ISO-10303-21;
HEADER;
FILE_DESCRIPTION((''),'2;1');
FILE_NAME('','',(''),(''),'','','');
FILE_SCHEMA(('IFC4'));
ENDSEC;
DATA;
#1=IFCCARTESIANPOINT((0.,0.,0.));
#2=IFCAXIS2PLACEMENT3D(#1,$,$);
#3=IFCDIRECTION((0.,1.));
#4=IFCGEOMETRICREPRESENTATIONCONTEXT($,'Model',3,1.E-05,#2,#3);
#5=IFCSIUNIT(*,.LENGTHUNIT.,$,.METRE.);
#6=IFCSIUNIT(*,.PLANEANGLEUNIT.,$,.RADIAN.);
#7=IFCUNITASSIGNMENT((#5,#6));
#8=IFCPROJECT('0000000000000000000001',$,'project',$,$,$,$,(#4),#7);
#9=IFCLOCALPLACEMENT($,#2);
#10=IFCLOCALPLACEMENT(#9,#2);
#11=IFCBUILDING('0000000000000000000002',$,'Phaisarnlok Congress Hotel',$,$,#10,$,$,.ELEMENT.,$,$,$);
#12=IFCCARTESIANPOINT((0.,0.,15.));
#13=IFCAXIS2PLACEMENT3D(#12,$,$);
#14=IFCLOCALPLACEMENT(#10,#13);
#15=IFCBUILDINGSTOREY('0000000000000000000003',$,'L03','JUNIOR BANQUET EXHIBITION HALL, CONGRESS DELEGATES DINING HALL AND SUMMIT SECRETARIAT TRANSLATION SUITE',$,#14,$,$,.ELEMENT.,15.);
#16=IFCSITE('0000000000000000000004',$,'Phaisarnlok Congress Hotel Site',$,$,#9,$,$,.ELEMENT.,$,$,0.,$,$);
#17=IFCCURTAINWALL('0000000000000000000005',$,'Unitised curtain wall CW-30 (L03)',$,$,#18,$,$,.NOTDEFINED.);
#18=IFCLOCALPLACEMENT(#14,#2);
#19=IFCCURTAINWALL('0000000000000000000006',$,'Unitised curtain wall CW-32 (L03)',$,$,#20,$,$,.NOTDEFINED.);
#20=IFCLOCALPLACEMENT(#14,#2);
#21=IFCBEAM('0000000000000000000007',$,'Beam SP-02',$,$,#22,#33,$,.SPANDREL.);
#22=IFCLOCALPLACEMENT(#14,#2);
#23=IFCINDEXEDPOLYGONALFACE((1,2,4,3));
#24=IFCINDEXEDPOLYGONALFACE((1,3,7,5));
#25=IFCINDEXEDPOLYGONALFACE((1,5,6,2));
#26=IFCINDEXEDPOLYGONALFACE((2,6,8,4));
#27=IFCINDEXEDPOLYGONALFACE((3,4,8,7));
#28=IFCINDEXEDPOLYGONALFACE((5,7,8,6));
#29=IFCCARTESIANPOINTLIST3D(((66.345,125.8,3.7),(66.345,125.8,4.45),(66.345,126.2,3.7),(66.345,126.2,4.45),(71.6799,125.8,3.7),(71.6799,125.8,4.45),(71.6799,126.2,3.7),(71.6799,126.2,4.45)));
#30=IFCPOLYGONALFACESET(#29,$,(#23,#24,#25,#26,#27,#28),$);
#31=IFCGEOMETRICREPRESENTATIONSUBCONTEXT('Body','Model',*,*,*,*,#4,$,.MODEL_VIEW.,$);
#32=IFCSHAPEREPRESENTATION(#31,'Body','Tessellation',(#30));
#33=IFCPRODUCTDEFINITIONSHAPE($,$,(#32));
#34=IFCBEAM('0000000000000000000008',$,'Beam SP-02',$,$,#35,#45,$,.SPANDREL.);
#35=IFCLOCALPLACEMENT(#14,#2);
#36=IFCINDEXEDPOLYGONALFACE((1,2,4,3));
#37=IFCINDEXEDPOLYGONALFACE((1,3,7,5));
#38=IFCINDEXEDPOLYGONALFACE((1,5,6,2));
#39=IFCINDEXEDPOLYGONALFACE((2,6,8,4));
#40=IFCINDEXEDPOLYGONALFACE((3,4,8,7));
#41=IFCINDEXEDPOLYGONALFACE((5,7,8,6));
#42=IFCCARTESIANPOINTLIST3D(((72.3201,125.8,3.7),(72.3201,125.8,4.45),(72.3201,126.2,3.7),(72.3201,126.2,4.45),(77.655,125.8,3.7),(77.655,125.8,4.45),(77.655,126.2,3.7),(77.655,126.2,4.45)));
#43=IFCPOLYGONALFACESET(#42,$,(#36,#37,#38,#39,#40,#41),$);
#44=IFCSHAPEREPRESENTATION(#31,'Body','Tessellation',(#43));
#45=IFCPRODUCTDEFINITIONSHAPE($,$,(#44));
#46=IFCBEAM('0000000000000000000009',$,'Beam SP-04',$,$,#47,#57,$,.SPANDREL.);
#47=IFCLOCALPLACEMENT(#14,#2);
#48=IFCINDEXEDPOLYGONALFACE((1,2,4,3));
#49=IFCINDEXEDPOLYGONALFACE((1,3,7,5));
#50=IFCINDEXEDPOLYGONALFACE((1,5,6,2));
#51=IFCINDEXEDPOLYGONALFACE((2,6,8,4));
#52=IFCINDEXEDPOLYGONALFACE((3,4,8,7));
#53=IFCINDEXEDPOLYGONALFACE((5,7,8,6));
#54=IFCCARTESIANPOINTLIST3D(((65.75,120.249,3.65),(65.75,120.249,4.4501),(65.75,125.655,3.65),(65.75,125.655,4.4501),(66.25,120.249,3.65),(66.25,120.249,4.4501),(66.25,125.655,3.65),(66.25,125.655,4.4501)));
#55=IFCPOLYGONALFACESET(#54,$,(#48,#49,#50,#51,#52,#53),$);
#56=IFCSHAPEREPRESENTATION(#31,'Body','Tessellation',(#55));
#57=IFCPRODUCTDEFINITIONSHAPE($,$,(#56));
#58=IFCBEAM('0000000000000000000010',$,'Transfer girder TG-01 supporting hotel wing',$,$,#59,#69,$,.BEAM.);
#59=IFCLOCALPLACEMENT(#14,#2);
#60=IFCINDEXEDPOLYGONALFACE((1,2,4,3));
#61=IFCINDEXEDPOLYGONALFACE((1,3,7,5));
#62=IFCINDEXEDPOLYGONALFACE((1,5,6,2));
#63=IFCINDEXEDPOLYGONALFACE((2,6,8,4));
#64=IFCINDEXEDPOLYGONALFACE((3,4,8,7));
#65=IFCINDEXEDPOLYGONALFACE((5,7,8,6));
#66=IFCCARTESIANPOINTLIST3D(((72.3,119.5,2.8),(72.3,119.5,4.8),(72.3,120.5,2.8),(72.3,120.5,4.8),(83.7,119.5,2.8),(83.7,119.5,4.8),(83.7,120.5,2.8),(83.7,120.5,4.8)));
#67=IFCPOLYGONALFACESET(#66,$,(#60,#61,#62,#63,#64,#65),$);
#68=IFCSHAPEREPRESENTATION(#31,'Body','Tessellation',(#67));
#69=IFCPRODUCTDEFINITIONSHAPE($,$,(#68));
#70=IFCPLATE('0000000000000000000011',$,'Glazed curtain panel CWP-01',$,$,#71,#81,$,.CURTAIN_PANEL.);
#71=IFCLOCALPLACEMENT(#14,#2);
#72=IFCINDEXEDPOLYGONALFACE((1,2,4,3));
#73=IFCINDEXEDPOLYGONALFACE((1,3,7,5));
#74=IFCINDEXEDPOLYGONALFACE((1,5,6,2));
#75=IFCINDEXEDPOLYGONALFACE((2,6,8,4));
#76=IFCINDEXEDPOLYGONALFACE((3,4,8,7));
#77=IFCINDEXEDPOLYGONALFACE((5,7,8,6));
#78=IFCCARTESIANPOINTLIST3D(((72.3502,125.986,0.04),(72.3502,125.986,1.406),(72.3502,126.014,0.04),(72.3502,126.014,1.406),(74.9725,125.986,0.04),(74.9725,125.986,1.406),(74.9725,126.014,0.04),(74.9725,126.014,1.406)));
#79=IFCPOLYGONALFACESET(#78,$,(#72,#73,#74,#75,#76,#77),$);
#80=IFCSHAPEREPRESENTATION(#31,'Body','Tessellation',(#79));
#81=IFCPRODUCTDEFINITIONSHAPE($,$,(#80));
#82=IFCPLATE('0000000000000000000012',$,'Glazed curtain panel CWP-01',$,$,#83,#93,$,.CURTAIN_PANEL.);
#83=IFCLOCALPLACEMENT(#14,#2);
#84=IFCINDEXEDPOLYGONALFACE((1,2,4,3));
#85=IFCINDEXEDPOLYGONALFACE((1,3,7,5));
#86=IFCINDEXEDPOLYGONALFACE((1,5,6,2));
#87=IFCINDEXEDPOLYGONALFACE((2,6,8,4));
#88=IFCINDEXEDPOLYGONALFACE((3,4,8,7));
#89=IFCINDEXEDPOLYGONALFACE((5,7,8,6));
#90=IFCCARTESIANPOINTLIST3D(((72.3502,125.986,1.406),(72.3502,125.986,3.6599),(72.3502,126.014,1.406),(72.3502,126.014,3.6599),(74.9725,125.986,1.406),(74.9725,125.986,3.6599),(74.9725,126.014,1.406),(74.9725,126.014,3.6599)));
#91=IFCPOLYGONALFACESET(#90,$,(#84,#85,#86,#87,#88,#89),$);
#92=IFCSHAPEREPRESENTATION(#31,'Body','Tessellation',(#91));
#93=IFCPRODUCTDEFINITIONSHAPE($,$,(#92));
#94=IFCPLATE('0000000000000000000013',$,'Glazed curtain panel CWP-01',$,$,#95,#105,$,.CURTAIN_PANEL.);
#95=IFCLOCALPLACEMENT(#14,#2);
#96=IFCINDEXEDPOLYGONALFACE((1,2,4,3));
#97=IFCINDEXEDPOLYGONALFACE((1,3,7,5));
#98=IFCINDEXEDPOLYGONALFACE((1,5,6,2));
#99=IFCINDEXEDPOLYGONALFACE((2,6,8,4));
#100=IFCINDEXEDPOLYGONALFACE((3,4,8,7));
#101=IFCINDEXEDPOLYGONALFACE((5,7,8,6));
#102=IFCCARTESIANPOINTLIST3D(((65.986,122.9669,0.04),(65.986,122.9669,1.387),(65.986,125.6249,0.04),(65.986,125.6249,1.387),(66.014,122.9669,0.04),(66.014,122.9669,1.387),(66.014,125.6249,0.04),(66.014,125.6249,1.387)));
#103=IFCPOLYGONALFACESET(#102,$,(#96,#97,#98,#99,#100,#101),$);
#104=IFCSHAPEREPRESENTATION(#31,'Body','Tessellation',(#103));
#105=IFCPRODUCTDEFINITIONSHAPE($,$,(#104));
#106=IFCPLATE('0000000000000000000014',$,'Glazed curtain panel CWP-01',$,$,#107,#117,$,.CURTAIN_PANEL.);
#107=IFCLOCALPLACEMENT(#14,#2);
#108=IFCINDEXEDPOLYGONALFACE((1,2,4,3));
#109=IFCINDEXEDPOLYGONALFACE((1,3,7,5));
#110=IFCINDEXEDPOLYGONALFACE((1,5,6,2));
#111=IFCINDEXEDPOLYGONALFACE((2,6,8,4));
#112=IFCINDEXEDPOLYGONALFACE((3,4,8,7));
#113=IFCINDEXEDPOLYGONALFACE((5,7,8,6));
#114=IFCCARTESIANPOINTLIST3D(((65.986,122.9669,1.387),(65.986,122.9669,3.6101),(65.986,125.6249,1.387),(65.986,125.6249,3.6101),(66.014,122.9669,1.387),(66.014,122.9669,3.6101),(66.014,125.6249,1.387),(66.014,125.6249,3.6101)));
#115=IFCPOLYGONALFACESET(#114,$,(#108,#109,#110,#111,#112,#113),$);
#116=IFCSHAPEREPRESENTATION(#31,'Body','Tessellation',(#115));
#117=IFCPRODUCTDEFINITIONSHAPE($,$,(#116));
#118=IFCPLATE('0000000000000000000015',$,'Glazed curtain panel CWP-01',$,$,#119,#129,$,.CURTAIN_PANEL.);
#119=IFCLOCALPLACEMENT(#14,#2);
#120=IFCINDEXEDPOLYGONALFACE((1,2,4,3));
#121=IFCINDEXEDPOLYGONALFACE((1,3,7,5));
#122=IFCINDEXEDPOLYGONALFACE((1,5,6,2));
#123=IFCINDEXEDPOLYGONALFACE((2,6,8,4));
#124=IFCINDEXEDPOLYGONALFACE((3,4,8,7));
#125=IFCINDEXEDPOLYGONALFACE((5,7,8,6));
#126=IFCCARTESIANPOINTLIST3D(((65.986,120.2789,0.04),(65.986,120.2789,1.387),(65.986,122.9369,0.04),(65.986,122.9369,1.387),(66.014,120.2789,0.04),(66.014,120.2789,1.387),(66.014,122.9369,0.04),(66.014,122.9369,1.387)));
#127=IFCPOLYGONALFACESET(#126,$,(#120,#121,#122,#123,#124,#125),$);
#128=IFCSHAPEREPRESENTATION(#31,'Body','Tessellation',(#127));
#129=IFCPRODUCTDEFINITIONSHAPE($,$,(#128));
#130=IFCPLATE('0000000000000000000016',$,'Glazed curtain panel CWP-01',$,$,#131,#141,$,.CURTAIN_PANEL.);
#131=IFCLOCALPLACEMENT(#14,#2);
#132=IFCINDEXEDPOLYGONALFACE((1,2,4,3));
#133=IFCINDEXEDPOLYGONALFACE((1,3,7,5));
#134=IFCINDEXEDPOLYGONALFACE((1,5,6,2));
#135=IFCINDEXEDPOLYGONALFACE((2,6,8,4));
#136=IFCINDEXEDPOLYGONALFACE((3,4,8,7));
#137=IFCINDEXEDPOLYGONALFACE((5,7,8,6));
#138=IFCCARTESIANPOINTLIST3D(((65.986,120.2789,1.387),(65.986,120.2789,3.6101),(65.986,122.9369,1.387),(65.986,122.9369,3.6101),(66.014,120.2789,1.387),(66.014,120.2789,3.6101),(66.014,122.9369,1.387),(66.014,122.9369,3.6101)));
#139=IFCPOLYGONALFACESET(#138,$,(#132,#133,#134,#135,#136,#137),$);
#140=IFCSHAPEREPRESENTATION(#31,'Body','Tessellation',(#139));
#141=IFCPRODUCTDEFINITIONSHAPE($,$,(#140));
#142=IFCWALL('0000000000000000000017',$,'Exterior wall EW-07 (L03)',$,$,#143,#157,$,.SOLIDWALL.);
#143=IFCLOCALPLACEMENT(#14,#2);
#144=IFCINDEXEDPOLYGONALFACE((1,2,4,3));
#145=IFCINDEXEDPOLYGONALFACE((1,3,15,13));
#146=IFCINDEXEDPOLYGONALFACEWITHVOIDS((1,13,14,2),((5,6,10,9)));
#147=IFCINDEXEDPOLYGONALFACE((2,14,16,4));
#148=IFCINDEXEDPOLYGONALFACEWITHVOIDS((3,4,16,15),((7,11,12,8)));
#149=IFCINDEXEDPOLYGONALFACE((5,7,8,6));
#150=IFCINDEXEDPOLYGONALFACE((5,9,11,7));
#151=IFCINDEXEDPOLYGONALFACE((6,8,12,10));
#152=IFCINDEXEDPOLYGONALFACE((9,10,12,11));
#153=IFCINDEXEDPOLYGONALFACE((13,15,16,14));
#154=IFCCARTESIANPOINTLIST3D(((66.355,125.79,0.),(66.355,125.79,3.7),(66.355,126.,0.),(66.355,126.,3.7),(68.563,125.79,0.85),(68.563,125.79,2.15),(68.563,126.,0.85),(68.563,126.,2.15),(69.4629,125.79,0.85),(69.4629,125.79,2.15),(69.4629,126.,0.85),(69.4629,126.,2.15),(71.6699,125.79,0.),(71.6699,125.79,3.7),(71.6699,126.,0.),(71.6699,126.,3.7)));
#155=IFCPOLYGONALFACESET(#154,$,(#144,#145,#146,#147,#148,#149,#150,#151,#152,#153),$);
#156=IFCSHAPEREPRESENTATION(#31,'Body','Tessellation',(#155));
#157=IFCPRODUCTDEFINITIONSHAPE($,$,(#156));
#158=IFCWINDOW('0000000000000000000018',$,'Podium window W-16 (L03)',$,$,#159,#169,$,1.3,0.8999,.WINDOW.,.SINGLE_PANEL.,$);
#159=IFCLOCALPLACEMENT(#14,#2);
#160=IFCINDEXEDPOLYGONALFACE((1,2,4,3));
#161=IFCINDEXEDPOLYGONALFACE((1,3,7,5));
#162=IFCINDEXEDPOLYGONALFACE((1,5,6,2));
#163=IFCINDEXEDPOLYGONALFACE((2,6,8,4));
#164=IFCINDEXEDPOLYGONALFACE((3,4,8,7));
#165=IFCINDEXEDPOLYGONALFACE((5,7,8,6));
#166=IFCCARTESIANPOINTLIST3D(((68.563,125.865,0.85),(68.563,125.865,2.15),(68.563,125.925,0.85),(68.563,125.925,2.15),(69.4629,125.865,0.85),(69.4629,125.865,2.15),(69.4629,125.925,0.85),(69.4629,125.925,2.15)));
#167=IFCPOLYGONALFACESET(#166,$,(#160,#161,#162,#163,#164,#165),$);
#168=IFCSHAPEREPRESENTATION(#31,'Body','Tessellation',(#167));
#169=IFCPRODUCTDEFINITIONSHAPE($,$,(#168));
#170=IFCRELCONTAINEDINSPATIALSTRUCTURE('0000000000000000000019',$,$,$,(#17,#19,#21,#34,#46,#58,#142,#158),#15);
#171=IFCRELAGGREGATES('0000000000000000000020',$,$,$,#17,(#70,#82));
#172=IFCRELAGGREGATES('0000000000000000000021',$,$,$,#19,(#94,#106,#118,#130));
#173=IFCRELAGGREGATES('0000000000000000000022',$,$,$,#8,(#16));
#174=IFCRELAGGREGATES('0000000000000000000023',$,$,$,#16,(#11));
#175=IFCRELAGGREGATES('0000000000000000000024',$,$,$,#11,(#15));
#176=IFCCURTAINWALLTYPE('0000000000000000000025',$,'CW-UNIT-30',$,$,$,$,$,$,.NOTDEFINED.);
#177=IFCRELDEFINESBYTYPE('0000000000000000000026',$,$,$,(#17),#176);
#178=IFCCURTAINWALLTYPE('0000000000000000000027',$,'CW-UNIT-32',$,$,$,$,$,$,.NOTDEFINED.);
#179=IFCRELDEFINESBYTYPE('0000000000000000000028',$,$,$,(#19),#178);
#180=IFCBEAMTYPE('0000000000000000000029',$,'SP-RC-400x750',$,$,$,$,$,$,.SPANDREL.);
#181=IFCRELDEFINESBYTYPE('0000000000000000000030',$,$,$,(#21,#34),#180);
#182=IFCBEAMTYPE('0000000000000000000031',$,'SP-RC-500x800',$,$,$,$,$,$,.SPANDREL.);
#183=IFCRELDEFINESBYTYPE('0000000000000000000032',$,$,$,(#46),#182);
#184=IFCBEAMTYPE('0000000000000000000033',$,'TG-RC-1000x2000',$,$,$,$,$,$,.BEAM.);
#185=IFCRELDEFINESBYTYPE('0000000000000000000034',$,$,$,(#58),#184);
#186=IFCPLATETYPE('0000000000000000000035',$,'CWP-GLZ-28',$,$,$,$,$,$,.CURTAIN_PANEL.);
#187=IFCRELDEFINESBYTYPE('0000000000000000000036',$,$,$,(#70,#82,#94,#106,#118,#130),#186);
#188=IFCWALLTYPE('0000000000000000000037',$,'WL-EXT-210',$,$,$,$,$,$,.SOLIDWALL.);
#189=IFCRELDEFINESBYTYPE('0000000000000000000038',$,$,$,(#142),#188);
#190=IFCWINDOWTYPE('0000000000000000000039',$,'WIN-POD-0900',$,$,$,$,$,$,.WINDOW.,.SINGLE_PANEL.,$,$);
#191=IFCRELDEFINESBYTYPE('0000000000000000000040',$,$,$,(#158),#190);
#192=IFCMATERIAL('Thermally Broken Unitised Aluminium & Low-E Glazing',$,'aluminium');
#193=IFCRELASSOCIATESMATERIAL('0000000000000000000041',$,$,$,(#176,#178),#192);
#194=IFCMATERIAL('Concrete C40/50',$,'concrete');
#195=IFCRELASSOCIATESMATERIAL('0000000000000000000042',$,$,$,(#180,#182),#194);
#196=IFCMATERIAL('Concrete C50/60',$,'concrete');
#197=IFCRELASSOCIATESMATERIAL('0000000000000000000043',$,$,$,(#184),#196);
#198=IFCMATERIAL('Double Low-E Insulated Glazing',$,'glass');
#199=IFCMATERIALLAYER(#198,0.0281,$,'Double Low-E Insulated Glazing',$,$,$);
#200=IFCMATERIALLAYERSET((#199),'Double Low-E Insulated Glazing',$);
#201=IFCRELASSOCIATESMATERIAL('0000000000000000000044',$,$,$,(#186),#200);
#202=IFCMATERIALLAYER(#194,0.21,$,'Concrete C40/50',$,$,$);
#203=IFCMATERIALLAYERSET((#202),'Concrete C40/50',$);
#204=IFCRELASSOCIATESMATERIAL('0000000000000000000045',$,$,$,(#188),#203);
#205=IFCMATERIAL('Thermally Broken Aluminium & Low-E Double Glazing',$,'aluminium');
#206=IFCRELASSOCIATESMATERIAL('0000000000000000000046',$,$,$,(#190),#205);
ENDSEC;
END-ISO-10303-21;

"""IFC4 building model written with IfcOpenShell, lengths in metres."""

from ifc_helpers import new_model, si_unit, direction, frame, frame_2d, origin, origin_2d, place, context, subcontext, project, spatial, rectangle, extrude, material, layer, layer_set, material_profile, profile_set, type_object, element, fill, aggregate, save


model = new_model("IFC4")

# Units and contexts
model_context = context("Model", 3, precision=1e-05, world=origin(), true_north=direction((0.0, 1.0)))
body_context = subcontext(model_context, "Body", "Model", "MODEL_VIEW")
ifc_project = project(units=[si_unit("LENGTHUNIT", "METRE"), si_unit("PLANEANGLEUNIT", "RADIAN")], contexts=[model_context])

# Site, building, storey
site_placement = place(None, origin())
site = spatial("IfcSite", under=ifc_project, at=site_placement, Name="Phaisarnlok Congress Hotel Site", CompositionType="ELEMENT", RefElevation=0.0)
building_placement = place(site_placement, origin())
building = spatial("IfcBuilding", under=site, at=building_placement, Name="Phaisarnlok Congress Hotel", CompositionType="ELEMENT")
storey_placement = place(building_placement, frame((0.0, 0.0, 15.0)))
storey = spatial("IfcBuildingStorey", under=building, at=storey_placement, Name="L03", Description="JUNIOR BANQUET EXHIBITION HALL, CONGRESS DELEGATES DINING HALL AND SUMMIT SECRETARIAT TRANSLATION SUITE", CompositionType="ELEMENT", Elevation=15.0)

# Shared definitions
ifc_material_1 = material(Name="Concrete C50/60", Category="concrete")

# Curtain walls
ifc_material_2 = material(Name="Thermally Broken Unitised Aluminium & Low-E Glazing", Category="aluminium")
curtain_wall_type_1 = type_object("IfcCurtainWallType", Name="CW-UNIT-30", PredefinedType="NOTDEFINED", material=ifc_material_2)
curtain_wall_1_placement = place(storey_placement, origin())
curtain_wall_1 = element("IfcCurtainWall", 1, at=curtain_wall_1_placement, inside=storey, type_object=curtain_wall_type_1, Name="Unitised curtain wall CW-30 (L03)", PredefinedType="NOTDEFINED")
curtain_wall_type_2 = type_object("IfcCurtainWallType", Name="CW-UNIT-32", PredefinedType="NOTDEFINED", material=ifc_material_2)
curtain_wall_2_placement = place(storey_placement, origin())
curtain_wall_2 = element("IfcCurtainWall", 2, at=curtain_wall_2_placement, inside=storey, type_object=curtain_wall_type_2, Name="Unitised curtain wall CW-32 (L03)", PredefinedType="NOTDEFINED")

# Beams
ifc_material_3 = material(Name="Concrete C40/50", Category="concrete")
ifc_material_profile_1 = material_profile(ifc_material_3, rectangle(XDim=0.3999, YDim=0.75, at=origin_2d()), Name="RC 400x750")
ifc_profile_set_1 = profile_set([ifc_material_profile_1], Name="Concrete C40/50")
beam_type_1 = type_object("IfcBeamType", Name="SP-RC-400x750", PredefinedType="SPANDREL", material=ifc_profile_set_1)
for number, where, z_axis, x_axis, name in (
    (3, (66.345, 126.0, 4.075), (1.0, 0.0, 0.0), (0.0, 1.0, 0.0), "Beam SP-02"),
    (4, (72.3201, 126.0, 4.075), (1.0, 0.0, 0.0), (0.0, 1.0, 0.0), "Beam SP-02"),
):
    element("IfcBeam", number, at=place(storey_placement, frame(where, z_axis=z_axis, x_axis=x_axis)), inside=storey, type_object=beam_type_1, Name=name, PredefinedType="SPANDREL", context=body_context, shape_type="SweptSolid", body=[
        extrude(rectangle(XDim=0.3999, YDim=0.75, at=origin_2d()), origin(), (0.0, 0.0, 1.0), 5.335),
    ])
ifc_material_profile_2 = material_profile(ifc_material_3, rectangle(XDim=0.5, YDim=0.8, at=origin_2d()), Name="RC 500x800")
ifc_profile_set_2 = profile_set([ifc_material_profile_2], Name="Concrete C40/50")
beam_type_2 = type_object("IfcBeamType", Name="SP-RC-500x800", PredefinedType="SPANDREL", material=ifc_profile_set_2)
beam_1_placement = place(storey_placement, frame((66.0, 120.249, 4.05), z_axis=(0.0, 1.0, 0.0), x_axis=(-1.0, 0.0, 0.0)))
element("IfcBeam", 5, at=beam_1_placement, inside=storey, type_object=beam_type_2, Name="Beam SP-04", PredefinedType="SPANDREL", context=body_context, shape_type="SweptSolid", body=[
    extrude(rectangle(XDim=0.5, YDim=0.8, at=origin_2d()), origin(), (0.0, 0.0, 1.0), 5.406),
])
ifc_material_profile_3 = material_profile(ifc_material_1, rectangle(XDim=1.0, YDim=2.0, at=origin_2d()), Name="RC 1000x2000")
ifc_profile_set_3 = profile_set([ifc_material_profile_3], Name="Concrete C50/60")
beam_type_3 = type_object("IfcBeamType", Name="TG-RC-1000x2000", PredefinedType="BEAM", material=ifc_profile_set_3)
beam_2_placement = place(storey_placement, frame((72.3, 120.0, 3.8), z_axis=(1.0, 0.0, 0.0), x_axis=(0.0, 1.0, 0.0)))
element("IfcBeam", 6, at=beam_2_placement, inside=storey, type_object=beam_type_3, Name="Transfer girder TG-01 supporting hotel wing", PredefinedType="BEAM", context=body_context, shape_type="SweptSolid", body=[
    extrude(rectangle(XDim=1.0, YDim=2.0, at=origin_2d()), origin(), (0.0, 0.0, 1.0), 11.3999),
])

# Plates
ifc_material_4 = material(Name="Double Low-E Insulated Glazing", Category="glass")
ifc_layer_1 = layer(ifc_material_4, 0.0281, Name="Double Low-E Insulated Glazing")
ifc_layer_set_1 = layer_set([ifc_layer_1], Name="Double Low-E Insulated Glazing")
plate_type = type_object("IfcPlateType", Name="CWP-GLZ-28", PredefinedType="CURTAIN_PANEL", material=ifc_layer_set_1)
plate_1_placement = place(storey_placement, frame((74.9724, 126.0, 0.04), z_axis=(0.0, 0.0, 1.0), x_axis=(-1.0, 0.0, 0.0)))
plate_1 = element("IfcPlate", 7, at=plate_1_placement, type_object=plate_type, Name="Glazed curtain panel CWP-01", PredefinedType="CURTAIN_PANEL", context=body_context, shape_type="SweptSolid", body=[
    extrude(rectangle(XDim=2.6223, YDim=0.0281, at=frame_2d((1.311, 0.0))), origin(), (0.0, 0.0, 1.0), 1.366),
])
plate_2_placement = place(storey_placement, frame((74.9724, 126.0, 1.406), z_axis=(0.0, 0.0, 1.0), x_axis=(-1.0, 0.0, 0.0)))
plate_2 = element("IfcPlate", 8, at=plate_2_placement, type_object=plate_type, Name="Glazed curtain panel CWP-01", PredefinedType="CURTAIN_PANEL", context=body_context, shape_type="SweptSolid", body=[
    extrude(rectangle(XDim=2.6223, YDim=0.0281, at=frame_2d((1.311, 0.0))), origin(), (0.0, 0.0, 1.0), 2.2539),
])
aggregate(curtain_wall_1, [plate_1, plate_2])
plate_3_placement = place(storey_placement, frame((66.0, 125.625, 0.04), z_axis=(0.0, 0.0, 1.0), x_axis=(0.0, -1.0, 0.0)))
plate_3 = element("IfcPlate", 9, at=plate_3_placement, type_object=plate_type, Name="Glazed curtain panel CWP-01", PredefinedType="CURTAIN_PANEL", context=body_context, shape_type="SweptSolid", body=[
    extrude(rectangle(XDim=2.658, YDim=0.0281, at=frame_2d((1.3291, 0.0))), origin(), (0.0, 0.0, 1.0), 1.3469),
])
plate_4_placement = place(storey_placement, frame((66.0, 125.625, 1.387), z_axis=(0.0, 0.0, 1.0), x_axis=(0.0, -1.0, 0.0)))
plate_4 = element("IfcPlate", 10, at=plate_4_placement, type_object=plate_type, Name="Glazed curtain panel CWP-01", PredefinedType="CURTAIN_PANEL", context=body_context, shape_type="SweptSolid", body=[
    extrude(rectangle(XDim=2.658, YDim=0.0281, at=frame_2d((1.3291, 0.0))), origin(), (0.0, 0.0, 1.0), 2.2231),
])
plate_5_placement = place(storey_placement, frame((66.0, 122.937, 0.04), z_axis=(0.0, 0.0, 1.0), x_axis=(0.0, -1.0, 0.0)))
plate_5 = element("IfcPlate", 11, at=plate_5_placement, type_object=plate_type, Name="Glazed curtain panel CWP-01", PredefinedType="CURTAIN_PANEL", context=body_context, shape_type="SweptSolid", body=[
    extrude(rectangle(XDim=2.658, YDim=0.0281, at=frame_2d((1.3291, 0.0))), origin(), (0.0, 0.0, 1.0), 1.3469),
])
plate_6_placement = place(storey_placement, frame((66.0, 122.937, 1.387), z_axis=(0.0, 0.0, 1.0), x_axis=(0.0, -1.0, 0.0)))
plate_6 = element("IfcPlate", 12, at=plate_6_placement, type_object=plate_type, Name="Glazed curtain panel CWP-01", PredefinedType="CURTAIN_PANEL", context=body_context, shape_type="SweptSolid", body=[
    extrude(rectangle(XDim=2.658, YDim=0.0281, at=frame_2d((1.3291, 0.0))), origin(), (0.0, 0.0, 1.0), 2.2231),
])
aggregate(curtain_wall_2, [plate_3, plate_4, plate_5, plate_6])

# Wall, opening, window
ifc_layer_2 = layer(ifc_material_3, 0.21, Name="Concrete C40/50")
ifc_layer_set_2 = layer_set([ifc_layer_2], Name="Concrete C40/50")
wall_type = type_object("IfcWallType", Name="WL-EXT-210", PredefinedType="SOLIDWALL", material=ifc_layer_set_2)
wall_placement = place(storey_placement, frame((71.6699, 125.895, 0.0), z_axis=(0.0, 0.0, 1.0), x_axis=(-1.0, 0.0, 0.0)))
wall = element("IfcWall", 13, at=wall_placement, inside=storey, type_object=wall_type, Name="Exterior wall EW-07 (L03)", PredefinedType="SOLIDWALL", context=body_context, shape_type="SweptSolid", body=[
    extrude(rectangle(XDim=5.3149, YDim=0.21, at=frame_2d((2.6575, 0.0))), origin(), (0.0, 0.0, 1.0), 3.7),
])
opening_placement = place(wall_placement, frame((2.207, 0.0, 0.8501)))
opening = element("IfcOpeningElement", 14, at=opening_placement, cuts=wall, PredefinedType="OPENING", context=body_context, shape_type="SweptSolid", body=[
    extrude(rectangle(XDim=0.8999, YDim=1.3, at=frame_2d((0.45, 0.6499))), frame((0.0, 0.115, 0.0), z_axis=(0.0, -1.0, 0.0), x_axis=(1.0, 0.0, 0.0)), (0.0, 0.0, 1.0), 0.23),
])
ifc_material_5 = material(Name="Thermally Broken Aluminium & Low-E Double Glazing", Category="aluminium")
window_type = type_object("IfcWindowType", Name="WIN-POD-0900", PartitioningType="SINGLE_PANEL", PredefinedType="WINDOW", material=ifc_material_5)
window_placement = place(opening_placement, origin())
window = element("IfcWindow", 15, at=window_placement, inside=storey, type_object=window_type, Name="Podium window W-16 (L03)", OverallHeight=1.3, OverallWidth=0.8999, PartitioningType="SINGLE_PANEL", PredefinedType="WINDOW", context=body_context, shape_type="SweptSolid", body=[
    extrude(rectangle(XDim=0.8999, YDim=1.3, at=frame_2d((0.45, 0.6499))), frame((0.0, 0.03, 0.0), z_axis=(0.0, -1.0, 0.0), x_axis=(1.0, 0.0, 0.0)), (0.0, 0.0, 1.0), 0.0601),
])
fill(opening, window)

save(model, "model.ifc")
